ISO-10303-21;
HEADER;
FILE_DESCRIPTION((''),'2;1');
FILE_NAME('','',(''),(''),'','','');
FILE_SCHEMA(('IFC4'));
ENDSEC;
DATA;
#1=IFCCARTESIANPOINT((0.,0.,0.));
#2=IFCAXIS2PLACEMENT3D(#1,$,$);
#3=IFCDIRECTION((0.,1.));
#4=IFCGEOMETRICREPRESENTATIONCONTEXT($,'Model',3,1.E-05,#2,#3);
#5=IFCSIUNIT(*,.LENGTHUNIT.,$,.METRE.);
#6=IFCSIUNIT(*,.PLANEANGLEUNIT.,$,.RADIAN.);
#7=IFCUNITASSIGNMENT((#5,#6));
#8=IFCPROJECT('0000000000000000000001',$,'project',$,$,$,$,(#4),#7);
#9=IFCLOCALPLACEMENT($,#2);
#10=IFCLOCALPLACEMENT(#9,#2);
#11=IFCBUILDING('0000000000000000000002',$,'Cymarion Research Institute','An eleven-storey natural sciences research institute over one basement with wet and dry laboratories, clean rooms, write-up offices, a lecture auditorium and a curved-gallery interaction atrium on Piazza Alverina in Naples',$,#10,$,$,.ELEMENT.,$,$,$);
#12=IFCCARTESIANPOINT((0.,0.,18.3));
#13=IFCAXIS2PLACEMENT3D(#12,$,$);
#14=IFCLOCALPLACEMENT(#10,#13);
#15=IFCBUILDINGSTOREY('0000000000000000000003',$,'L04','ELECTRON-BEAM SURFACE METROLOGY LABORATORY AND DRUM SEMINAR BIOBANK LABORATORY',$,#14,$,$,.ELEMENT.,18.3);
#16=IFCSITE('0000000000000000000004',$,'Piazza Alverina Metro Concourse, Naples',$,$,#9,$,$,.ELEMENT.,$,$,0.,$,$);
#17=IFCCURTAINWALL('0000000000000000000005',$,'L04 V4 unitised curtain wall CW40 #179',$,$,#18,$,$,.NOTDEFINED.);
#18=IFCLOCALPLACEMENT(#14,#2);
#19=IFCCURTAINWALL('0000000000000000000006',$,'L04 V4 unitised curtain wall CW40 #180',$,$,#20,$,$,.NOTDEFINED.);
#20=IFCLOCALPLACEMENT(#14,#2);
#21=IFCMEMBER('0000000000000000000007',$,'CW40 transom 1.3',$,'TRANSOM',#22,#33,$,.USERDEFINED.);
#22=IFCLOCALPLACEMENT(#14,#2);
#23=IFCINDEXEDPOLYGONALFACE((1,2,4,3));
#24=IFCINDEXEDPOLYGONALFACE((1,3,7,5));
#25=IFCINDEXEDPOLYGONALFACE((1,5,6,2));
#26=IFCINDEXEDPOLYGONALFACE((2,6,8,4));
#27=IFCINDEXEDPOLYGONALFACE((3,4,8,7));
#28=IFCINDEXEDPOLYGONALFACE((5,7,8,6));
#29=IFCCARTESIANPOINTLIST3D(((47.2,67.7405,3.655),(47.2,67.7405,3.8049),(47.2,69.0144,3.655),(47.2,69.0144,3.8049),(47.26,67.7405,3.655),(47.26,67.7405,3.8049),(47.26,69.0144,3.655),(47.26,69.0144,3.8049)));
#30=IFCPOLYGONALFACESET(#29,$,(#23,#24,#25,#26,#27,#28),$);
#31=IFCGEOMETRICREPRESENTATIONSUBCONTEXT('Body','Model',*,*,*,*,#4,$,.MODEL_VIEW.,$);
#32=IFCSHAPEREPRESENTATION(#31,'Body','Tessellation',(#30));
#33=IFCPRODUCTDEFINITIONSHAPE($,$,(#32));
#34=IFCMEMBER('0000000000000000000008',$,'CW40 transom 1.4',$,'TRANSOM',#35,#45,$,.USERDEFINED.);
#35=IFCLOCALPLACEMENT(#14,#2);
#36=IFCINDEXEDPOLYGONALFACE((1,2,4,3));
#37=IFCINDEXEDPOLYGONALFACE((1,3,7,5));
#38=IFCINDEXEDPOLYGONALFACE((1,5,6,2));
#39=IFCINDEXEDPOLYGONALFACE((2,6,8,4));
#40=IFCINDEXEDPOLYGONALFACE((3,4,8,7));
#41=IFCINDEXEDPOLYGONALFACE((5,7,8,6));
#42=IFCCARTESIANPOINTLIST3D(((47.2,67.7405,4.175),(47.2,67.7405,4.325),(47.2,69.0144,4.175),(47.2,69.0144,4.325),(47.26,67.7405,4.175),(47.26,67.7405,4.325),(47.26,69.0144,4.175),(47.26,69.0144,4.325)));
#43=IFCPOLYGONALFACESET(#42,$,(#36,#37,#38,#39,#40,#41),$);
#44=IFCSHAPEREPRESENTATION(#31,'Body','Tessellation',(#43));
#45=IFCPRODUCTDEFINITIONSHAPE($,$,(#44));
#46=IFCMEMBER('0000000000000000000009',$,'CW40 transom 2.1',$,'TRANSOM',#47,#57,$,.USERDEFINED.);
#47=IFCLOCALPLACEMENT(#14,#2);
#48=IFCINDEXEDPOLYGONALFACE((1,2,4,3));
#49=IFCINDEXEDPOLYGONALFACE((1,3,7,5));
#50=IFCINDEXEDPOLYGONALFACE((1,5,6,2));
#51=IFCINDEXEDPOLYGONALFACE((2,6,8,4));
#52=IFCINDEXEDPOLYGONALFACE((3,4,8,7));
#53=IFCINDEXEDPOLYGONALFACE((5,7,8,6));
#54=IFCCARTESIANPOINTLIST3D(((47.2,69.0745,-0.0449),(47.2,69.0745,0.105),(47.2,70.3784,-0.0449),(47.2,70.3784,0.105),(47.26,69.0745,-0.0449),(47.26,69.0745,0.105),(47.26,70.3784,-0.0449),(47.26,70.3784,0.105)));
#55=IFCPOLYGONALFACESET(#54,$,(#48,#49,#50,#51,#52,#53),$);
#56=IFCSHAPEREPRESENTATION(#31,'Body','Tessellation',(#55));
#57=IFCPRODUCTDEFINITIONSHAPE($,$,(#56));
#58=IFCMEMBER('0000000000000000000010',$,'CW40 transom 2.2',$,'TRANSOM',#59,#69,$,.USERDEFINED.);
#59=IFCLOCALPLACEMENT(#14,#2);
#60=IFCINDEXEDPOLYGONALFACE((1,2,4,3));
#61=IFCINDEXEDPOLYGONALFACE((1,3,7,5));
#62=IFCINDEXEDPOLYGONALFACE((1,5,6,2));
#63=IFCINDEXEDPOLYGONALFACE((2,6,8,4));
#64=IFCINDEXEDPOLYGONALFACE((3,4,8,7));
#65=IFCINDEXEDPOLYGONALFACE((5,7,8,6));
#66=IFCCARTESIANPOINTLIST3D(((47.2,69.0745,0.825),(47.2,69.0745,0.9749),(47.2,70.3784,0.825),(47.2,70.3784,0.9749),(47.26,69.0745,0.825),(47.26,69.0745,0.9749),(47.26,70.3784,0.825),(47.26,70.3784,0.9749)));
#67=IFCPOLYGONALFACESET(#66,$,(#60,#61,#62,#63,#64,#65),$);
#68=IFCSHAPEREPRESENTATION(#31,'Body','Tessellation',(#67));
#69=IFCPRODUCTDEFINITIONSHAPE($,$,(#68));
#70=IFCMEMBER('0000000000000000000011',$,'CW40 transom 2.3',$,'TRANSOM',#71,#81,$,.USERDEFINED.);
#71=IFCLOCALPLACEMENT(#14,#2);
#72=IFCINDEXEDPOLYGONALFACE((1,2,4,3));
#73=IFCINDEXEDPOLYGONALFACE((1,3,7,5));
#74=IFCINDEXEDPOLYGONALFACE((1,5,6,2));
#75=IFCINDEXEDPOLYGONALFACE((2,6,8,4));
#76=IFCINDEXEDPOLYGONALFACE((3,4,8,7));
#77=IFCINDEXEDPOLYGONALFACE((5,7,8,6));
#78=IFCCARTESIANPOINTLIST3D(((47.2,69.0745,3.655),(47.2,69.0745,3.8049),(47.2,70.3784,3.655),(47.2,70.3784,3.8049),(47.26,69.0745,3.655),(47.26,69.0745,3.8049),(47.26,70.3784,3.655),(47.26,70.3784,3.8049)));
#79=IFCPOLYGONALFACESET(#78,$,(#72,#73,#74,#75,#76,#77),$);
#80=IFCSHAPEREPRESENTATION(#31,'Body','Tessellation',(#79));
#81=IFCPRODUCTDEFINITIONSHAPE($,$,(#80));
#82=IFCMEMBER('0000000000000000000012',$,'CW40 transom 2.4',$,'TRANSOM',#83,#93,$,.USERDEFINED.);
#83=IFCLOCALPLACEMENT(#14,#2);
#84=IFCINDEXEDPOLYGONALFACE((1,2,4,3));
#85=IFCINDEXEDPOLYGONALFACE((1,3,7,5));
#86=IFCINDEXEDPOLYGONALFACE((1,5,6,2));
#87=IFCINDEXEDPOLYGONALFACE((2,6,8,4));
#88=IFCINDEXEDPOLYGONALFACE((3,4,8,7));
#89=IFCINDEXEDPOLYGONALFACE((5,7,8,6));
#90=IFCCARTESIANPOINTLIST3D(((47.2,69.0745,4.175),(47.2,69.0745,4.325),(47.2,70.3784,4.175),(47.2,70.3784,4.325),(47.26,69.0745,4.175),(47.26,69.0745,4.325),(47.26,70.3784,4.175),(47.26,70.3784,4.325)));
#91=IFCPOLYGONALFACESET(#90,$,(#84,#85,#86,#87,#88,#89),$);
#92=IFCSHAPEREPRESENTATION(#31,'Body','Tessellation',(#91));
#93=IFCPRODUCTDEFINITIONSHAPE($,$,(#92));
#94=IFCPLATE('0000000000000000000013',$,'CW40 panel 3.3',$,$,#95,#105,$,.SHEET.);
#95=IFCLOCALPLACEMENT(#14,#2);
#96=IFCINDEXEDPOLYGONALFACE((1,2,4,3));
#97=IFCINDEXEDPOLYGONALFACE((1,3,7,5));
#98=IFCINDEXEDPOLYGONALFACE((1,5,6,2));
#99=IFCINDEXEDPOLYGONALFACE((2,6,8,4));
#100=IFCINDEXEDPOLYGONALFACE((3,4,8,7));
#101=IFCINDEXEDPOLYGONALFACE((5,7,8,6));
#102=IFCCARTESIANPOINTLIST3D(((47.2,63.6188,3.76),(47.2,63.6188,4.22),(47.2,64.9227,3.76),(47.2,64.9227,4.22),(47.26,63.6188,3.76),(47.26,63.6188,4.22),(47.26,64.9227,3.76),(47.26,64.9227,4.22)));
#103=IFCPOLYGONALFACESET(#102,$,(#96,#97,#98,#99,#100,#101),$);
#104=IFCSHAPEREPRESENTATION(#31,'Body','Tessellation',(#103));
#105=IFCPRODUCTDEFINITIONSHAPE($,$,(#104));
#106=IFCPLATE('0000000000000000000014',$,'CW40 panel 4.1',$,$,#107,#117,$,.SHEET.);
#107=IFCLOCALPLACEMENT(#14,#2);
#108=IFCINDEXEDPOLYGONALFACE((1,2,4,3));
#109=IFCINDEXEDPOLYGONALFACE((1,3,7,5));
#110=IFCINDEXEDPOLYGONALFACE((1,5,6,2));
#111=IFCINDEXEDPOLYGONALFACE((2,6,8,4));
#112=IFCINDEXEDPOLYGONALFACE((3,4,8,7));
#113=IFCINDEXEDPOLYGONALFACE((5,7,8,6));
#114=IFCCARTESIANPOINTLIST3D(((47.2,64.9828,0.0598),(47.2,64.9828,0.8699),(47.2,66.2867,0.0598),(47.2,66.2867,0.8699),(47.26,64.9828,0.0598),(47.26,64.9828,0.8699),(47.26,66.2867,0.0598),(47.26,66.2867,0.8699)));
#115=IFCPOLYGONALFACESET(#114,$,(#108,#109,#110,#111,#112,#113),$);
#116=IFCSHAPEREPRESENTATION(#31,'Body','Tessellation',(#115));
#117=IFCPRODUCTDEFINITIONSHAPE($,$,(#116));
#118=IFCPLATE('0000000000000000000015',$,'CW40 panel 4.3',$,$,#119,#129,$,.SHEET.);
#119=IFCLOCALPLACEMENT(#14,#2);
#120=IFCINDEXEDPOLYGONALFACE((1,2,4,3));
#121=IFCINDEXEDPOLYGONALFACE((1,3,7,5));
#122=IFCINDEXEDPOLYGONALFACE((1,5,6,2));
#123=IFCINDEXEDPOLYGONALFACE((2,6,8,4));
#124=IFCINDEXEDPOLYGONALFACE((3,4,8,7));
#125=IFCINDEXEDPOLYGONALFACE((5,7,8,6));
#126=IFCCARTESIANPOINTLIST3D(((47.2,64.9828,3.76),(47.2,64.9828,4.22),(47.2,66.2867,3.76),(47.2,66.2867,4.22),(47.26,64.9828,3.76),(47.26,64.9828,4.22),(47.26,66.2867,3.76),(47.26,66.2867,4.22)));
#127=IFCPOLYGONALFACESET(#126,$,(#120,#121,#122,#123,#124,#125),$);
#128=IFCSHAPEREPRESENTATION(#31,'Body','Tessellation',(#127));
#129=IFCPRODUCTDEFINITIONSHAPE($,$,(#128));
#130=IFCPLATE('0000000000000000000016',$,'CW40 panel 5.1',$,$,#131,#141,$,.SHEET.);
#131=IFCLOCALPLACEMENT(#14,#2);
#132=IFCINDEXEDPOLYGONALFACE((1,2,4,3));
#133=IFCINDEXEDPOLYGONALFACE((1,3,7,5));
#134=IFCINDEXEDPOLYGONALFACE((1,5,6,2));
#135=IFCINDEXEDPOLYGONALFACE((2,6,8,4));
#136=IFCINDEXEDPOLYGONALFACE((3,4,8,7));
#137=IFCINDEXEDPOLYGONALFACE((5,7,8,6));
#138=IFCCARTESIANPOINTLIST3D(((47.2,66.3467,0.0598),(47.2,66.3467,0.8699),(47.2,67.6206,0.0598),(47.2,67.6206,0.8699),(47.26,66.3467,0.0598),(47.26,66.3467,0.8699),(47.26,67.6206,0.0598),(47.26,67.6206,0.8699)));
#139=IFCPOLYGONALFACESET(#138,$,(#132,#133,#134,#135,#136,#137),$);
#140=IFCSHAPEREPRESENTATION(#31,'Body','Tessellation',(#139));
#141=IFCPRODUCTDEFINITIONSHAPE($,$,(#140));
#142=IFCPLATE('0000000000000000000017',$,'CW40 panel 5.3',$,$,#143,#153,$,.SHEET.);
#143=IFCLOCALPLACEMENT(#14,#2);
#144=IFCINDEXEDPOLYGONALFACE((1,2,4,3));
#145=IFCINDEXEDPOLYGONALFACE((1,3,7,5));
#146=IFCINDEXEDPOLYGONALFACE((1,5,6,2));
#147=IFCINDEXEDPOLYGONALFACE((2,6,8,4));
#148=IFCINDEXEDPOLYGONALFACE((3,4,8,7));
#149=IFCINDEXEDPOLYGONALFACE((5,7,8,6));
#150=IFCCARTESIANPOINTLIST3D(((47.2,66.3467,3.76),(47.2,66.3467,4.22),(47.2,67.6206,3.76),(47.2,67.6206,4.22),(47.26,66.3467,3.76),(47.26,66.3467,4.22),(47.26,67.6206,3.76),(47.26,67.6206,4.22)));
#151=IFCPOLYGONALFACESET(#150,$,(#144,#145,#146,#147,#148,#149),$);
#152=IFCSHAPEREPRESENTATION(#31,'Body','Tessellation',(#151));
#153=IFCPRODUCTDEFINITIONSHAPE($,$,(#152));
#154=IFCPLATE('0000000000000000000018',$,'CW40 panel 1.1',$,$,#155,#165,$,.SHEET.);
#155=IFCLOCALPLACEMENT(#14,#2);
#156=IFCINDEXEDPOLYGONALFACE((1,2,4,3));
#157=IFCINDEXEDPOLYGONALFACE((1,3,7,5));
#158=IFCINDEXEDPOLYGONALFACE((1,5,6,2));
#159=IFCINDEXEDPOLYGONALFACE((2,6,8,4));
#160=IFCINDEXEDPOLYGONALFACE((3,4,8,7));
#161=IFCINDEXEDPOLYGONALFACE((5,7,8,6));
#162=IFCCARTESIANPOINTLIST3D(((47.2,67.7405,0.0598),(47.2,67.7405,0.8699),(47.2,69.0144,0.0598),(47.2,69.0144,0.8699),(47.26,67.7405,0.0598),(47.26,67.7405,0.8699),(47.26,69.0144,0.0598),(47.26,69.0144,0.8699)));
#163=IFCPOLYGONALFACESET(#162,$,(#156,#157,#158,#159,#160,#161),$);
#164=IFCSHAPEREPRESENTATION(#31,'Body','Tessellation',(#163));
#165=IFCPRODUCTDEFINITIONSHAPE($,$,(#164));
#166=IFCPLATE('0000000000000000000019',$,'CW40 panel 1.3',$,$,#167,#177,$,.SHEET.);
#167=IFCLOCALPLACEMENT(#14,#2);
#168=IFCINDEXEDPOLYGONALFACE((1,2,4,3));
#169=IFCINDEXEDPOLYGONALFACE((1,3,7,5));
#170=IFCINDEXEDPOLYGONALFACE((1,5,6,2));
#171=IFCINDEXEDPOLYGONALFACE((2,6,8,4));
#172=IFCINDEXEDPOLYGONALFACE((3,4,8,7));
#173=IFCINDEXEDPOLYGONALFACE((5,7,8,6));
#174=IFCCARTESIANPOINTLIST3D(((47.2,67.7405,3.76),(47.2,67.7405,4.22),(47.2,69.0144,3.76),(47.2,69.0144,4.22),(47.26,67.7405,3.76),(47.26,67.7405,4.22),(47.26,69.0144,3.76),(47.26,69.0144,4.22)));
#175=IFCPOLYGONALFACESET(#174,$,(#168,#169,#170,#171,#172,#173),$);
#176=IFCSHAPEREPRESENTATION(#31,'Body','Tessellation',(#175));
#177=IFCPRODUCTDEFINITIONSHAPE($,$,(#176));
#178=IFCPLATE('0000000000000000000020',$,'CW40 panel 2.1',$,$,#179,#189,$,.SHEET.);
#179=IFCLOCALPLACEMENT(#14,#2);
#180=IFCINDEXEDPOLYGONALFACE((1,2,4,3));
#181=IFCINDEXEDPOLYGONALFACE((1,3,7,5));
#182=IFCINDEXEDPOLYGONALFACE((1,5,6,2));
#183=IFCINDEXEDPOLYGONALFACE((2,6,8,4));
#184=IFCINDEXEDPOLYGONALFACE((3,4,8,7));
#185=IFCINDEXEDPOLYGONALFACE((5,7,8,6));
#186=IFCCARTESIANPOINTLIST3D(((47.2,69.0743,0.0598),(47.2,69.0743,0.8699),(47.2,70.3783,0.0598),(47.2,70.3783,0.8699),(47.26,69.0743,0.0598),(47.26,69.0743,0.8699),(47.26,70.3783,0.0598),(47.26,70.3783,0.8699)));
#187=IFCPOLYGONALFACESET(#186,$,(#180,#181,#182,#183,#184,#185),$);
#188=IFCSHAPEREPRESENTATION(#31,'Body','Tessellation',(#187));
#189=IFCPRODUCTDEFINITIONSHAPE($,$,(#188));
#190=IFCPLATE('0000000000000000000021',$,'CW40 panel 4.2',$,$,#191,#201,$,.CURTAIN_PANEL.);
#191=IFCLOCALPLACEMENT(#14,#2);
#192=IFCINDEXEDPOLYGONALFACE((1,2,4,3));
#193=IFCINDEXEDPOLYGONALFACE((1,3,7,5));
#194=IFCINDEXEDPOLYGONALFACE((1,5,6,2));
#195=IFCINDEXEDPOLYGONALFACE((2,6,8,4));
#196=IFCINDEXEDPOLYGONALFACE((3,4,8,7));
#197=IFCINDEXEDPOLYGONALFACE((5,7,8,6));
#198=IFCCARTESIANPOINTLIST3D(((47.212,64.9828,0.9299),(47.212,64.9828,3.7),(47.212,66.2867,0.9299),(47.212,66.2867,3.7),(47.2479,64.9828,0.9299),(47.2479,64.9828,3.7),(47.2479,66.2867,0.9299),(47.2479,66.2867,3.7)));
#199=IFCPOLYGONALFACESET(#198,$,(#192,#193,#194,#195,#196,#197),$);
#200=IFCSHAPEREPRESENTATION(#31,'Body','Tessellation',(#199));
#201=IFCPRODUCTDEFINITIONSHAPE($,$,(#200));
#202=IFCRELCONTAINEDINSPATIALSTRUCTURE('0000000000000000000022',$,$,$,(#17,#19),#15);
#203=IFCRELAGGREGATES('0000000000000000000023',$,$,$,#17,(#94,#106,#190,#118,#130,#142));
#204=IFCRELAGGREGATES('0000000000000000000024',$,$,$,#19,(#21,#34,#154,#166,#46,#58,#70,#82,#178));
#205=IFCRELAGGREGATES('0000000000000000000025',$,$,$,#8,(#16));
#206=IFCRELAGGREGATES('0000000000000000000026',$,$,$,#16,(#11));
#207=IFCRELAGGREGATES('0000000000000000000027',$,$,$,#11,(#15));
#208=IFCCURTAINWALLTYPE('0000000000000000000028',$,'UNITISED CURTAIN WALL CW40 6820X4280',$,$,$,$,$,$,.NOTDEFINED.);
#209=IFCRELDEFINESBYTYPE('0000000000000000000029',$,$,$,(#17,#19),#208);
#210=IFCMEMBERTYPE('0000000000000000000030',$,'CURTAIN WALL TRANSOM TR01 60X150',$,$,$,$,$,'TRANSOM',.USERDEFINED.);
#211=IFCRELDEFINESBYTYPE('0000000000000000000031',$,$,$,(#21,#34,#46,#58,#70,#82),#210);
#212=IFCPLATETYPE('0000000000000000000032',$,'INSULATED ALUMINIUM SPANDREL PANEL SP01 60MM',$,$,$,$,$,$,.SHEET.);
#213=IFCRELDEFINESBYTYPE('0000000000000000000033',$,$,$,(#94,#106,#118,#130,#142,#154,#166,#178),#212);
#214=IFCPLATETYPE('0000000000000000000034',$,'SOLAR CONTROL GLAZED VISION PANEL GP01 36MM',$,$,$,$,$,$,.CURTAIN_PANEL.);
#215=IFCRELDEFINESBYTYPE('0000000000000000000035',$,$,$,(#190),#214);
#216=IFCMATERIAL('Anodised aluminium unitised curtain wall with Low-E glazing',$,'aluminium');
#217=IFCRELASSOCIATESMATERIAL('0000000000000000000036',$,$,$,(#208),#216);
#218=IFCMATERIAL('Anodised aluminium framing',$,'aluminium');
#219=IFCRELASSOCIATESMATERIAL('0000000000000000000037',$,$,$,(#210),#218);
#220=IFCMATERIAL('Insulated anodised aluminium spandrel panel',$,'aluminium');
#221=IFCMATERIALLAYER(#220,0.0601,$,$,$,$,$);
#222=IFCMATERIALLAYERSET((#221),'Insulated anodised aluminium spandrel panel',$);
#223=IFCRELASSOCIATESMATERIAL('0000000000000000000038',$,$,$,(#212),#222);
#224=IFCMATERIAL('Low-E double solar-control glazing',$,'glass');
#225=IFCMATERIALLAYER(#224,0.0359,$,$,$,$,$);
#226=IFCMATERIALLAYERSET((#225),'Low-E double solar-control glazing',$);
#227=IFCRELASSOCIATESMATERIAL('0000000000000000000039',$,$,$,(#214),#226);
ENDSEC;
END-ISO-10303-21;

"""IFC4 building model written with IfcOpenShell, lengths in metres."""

from ifc_helpers import new_model, si_unit, direction, frame, origin, origin_2d, place, context, subcontext, project, spatial, rectangle, extrude, material, layer, layer_set, material_profile, profile_set, type_object, element, aggregate, save


model = new_model("IFC4")

# Units and contexts
model_context = context("Model", 3, precision=1e-05, world=origin(), true_north=direction((0.0, 1.0)))
body_context = subcontext(model_context, "Body", "Model", "MODEL_VIEW")
ifc_project = project(units=[si_unit("LENGTHUNIT", "METRE"), si_unit("PLANEANGLEUNIT", "RADIAN")], contexts=[model_context])

# Site, building, storey
site_placement = place(None, origin())
site = spatial("IfcSite", under=ifc_project, at=site_placement, Name="Piazza Alverina Metro Concourse, Naples", CompositionType="ELEMENT", RefElevation=0.0)
building_placement = place(site_placement, origin())
building = spatial("IfcBuilding", under=site, at=building_placement, Name="Cymarion Research Institute", Description="An eleven-storey natural sciences research institute over one basement with wet and dry laboratories, clean rooms, write-up offices, a lecture auditorium and a curved-gallery interaction atrium on Piazza Alverina in Naples", CompositionType="ELEMENT")
storey_placement = place(building_placement, frame((0.0, 0.0, 18.3)))
storey = spatial("IfcBuildingStorey", under=building, at=storey_placement, Name="L04", Description="ELECTRON-BEAM SURFACE METROLOGY LABORATORY AND DRUM SEMINAR BIOBANK LABORATORY", CompositionType="ELEMENT", Elevation=18.3)

# Curtain walls
ifc_material_1 = material(Name="Anodised aluminium unitised curtain wall with Low-E glazing", Category="aluminium")
curtain_wall_type = type_object("IfcCurtainWallType", Name="UNITISED CURTAIN WALL CW40 6820X4280", PredefinedType="NOTDEFINED", material=ifc_material_1)
curtain_wall_1_placement = place(storey_placement, origin())
curtain_wall_1 = element("IfcCurtainWall", 1, at=curtain_wall_1_placement, inside=storey, type_object=curtain_wall_type, Name="L04 V4 unitised curtain wall CW40 #179", PredefinedType="NOTDEFINED")
ifc_material_2 = material(Name="Anodised aluminium framing", Category="aluminium")
curtain_wall_2_placement = place(storey_placement, origin())
curtain_wall_2 = element("IfcCurtainWall", 2, at=curtain_wall_2_placement, inside=storey, type_object=curtain_wall_type, Name="L04 V4 unitised curtain wall CW40 #180", PredefinedType="NOTDEFINED")

# Members
ifc_material_profile_1 = material_profile(ifc_material_2, rectangle(XDim=0.0601, YDim=0.1499, at=origin_2d()), Name="ALU TRANSOM 60x150")
ifc_profile_set_1 = profile_set([ifc_material_profile_1], Name="Anodised aluminium framing")
member_type_1 = type_object("IfcMemberType", Name="CURTAIN WALL TRANSOM TR01 60X150", ElementType="TRANSOM", PredefinedType="USERDEFINED", material=ifc_profile_set_1)
member_1_placement = place(storey_placement, frame((47.23, 67.7405, 3.73), z_axis=(0.0, 1.0, 0.0), x_axis=(-1.0, 0.0, 0.0)))
member_1 = element("IfcMember", 3, at=member_1_placement, type_object=member_type_1, Name="CW40 transom 1.3", ObjectType="TRANSOM", PredefinedType="USERDEFINED", context=body_context, shape_type="SweptSolid", body=[
    extrude(rectangle(XDim=0.0601, YDim=0.1499, at=origin_2d()), origin(), (0.0, 0.0, 1.0), 1.2739),
])
member_2_placement = place(storey_placement, frame((47.23, 67.7405, 4.25), z_axis=(0.0, 1.0, 0.0), x_axis=(-1.0, 0.0, 0.0)))
member_2 = element("IfcMember", 4, at=member_2_placement, type_object=member_type_1, Name="CW40 transom 1.4", ObjectType="TRANSOM", PredefinedType="USERDEFINED", context=body_context, shape_type="SweptSolid", body=[
    extrude(rectangle(XDim=0.0601, YDim=0.1499, at=origin_2d()), origin(), (0.0, 0.0, 1.0), 1.2739),
])
member_3_placement = place(storey_placement, frame((47.23, 69.0745, 0.03), z_axis=(0.0, 1.0, 0.0), x_axis=(-1.0, 0.0, 0.0)))
member_3 = element("IfcMember", 5, at=member_3_placement, type_object=member_type_1, Name="CW40 transom 2.1", ObjectType="TRANSOM", PredefinedType="USERDEFINED", context=body_context, shape_type="SweptSolid", body=[
    extrude(rectangle(XDim=0.0601, YDim=0.1499, at=origin_2d()), origin(), (0.0, 0.0, 1.0), 1.304),
])
member_4_placement = place(storey_placement, frame((47.23, 69.0745, 0.8999), z_axis=(0.0, 1.0, 0.0), x_axis=(-1.0, 0.0, 0.0)))
member_4 = element("IfcMember", 6, at=member_4_placement, type_object=member_type_1, Name="CW40 transom 2.2", ObjectType="TRANSOM", PredefinedType="USERDEFINED", context=body_context, shape_type="SweptSolid", body=[
    extrude(rectangle(XDim=0.0601, YDim=0.1499, at=origin_2d()), origin(), (0.0, 0.0, 1.0), 1.304),
])
member_5_placement = place(storey_placement, frame((47.23, 69.0745, 3.73), z_axis=(0.0, 1.0, 0.0), x_axis=(-1.0, 0.0, 0.0)))
member_5 = element("IfcMember", 7, at=member_5_placement, type_object=member_type_1, Name="CW40 transom 2.3", ObjectType="TRANSOM", PredefinedType="USERDEFINED", context=body_context, shape_type="SweptSolid", body=[
    extrude(rectangle(XDim=0.0601, YDim=0.1499, at=origin_2d()), origin(), (0.0, 0.0, 1.0), 1.304),
])
member_6_placement = place(storey_placement, frame((47.23, 69.0745, 4.25), z_axis=(0.0, 1.0, 0.0), x_axis=(-1.0, 0.0, 0.0)))
member_6 = element("IfcMember", 8, at=member_6_placement, type_object=member_type_1, Name="CW40 transom 2.4", ObjectType="TRANSOM", PredefinedType="USERDEFINED", context=body_context, shape_type="SweptSolid", body=[
    extrude(rectangle(XDim=0.0601, YDim=0.1499, at=origin_2d()), origin(), (0.0, 0.0, 1.0), 1.304),
])

# Plates
ifc_material_3 = material(Name="Insulated anodised aluminium spandrel panel", Category="aluminium")
ifc_layer_1 = layer(ifc_material_3, 0.0601)
ifc_layer_set_1 = layer_set([ifc_layer_1], Name="Insulated anodised aluminium spandrel panel")
plate_type_1 = type_object("IfcPlateType", Name="INSULATED ALUMINIUM SPANDREL PANEL SP01 60MM", PredefinedType="SHEET", material=ifc_layer_set_1)
plate_1_placement = place(storey_placement, frame((47.23, 64.2708, 3.76), z_axis=(0.0, 0.0, 1.0), x_axis=(0.0, 1.0, 0.0)))
plate_1 = element("IfcPlate", 9, at=plate_1_placement, type_object=plate_type_1, Name="CW40 panel 3.3", PredefinedType="SHEET", context=body_context, shape_type="SweptSolid", body=[
    extrude(rectangle(XDim=1.304, YDim=0.0601, at=origin_2d()), origin(), (0.0, 0.0, 1.0), 0.46),
])
plate_2_placement = place(storey_placement, frame((47.23, 65.6348, 0.0598), z_axis=(0.0, 0.0, 1.0), x_axis=(0.0, 1.0, 0.0)))
plate_2 = element("IfcPlate", 10, at=plate_2_placement, type_object=plate_type_1, Name="CW40 panel 4.1", PredefinedType="SHEET", context=body_context, shape_type="SweptSolid", body=[
    extrude(rectangle(XDim=1.304, YDim=0.0601, at=origin_2d()), origin(), (0.0, 0.0, 1.0), 0.8101),
])
plate_3_placement = place(storey_placement, frame((47.23, 65.6348, 3.76), z_axis=(0.0, 0.0, 1.0), x_axis=(0.0, 1.0, 0.0)))
plate_3 = element("IfcPlate", 11, at=plate_3_placement, type_object=plate_type_1, Name="CW40 panel 4.3", PredefinedType="SHEET", context=body_context, shape_type="SweptSolid", body=[
    extrude(rectangle(XDim=1.304, YDim=0.0601, at=origin_2d()), origin(), (0.0, 0.0, 1.0), 0.46),
])
plate_4_placement = place(storey_placement, frame((47.23, 66.9836, 0.0598), z_axis=(0.0, 0.0, 1.0), x_axis=(0.0, 1.0, 0.0)))
plate_4 = element("IfcPlate", 12, at=plate_4_placement, type_object=plate_type_1, Name="CW40 panel 5.1", PredefinedType="SHEET", context=body_context, shape_type="SweptSolid", body=[
    extrude(rectangle(XDim=1.2739, YDim=0.0601, at=origin_2d()), origin(), (0.0, 0.0, 1.0), 0.8101),
])
plate_5_placement = place(storey_placement, frame((47.23, 66.9836, 3.76), z_axis=(0.0, 0.0, 1.0), x_axis=(0.0, 1.0, 0.0)))
plate_5 = element("IfcPlate", 13, at=plate_5_placement, type_object=plate_type_1, Name="CW40 panel 5.3", PredefinedType="SHEET", context=body_context, shape_type="SweptSolid", body=[
    extrude(rectangle(XDim=1.2739, YDim=0.0601, at=origin_2d()), origin(), (0.0, 0.0, 1.0), 0.46),
])
plate_6_placement = place(storey_placement, frame((47.23, 68.3774, 0.0598), z_axis=(0.0, 0.0, 1.0), x_axis=(0.0, 1.0, 0.0)))
plate_6 = element("IfcPlate", 14, at=plate_6_placement, type_object=plate_type_1, Name="CW40 panel 1.1", PredefinedType="SHEET", context=body_context, shape_type="SweptSolid", body=[
    extrude(rectangle(XDim=1.2739, YDim=0.0601, at=origin_2d()), origin(), (0.0, 0.0, 1.0), 0.8101),
])
plate_7_placement = place(storey_placement, frame((47.23, 68.3774, 3.76), z_axis=(0.0, 0.0, 1.0), x_axis=(0.0, 1.0, 0.0)))
plate_7 = element("IfcPlate", 15, at=plate_7_placement, type_object=plate_type_1, Name="CW40 panel 1.3", PredefinedType="SHEET", context=body_context, shape_type="SweptSolid", body=[
    extrude(rectangle(XDim=1.2739, YDim=0.0601, at=origin_2d()), origin(), (0.0, 0.0, 1.0), 0.46),
])
plate_8_placement = place(storey_placement, frame((47.23, 69.7263, 0.0598), z_axis=(0.0, 0.0, 1.0), x_axis=(0.0, 1.0, 0.0)))
plate_8 = element("IfcPlate", 16, at=plate_8_placement, type_object=plate_type_1, Name="CW40 panel 2.1", PredefinedType="SHEET", context=body_context, shape_type="SweptSolid", body=[
    extrude(rectangle(XDim=1.304, YDim=0.0601, at=origin_2d()), origin(), (0.0, 0.0, 1.0), 0.8101),
])
ifc_material_4 = material(Name="Low-E double solar-control glazing", Category="glass")
ifc_layer_2 = layer(ifc_material_4, 0.0359)
ifc_layer_set_2 = layer_set([ifc_layer_2], Name="Low-E double solar-control glazing")
plate_type_2 = type_object("IfcPlateType", Name="SOLAR CONTROL GLAZED VISION PANEL GP01 36MM", PredefinedType="CURTAIN_PANEL", material=ifc_layer_set_2)
plate_9_placement = place(storey_placement, frame((47.23, 65.6348, 0.9299), z_axis=(0.0, 0.0, 1.0), x_axis=(0.0, 1.0, 0.0)))
plate_9 = element("IfcPlate", 17, at=plate_9_placement, type_object=plate_type_2, Name="CW40 panel 4.2", PredefinedType="CURTAIN_PANEL", context=body_context, shape_type="SweptSolid", body=[
    extrude(rectangle(XDim=1.304, YDim=0.0359, at=origin_2d()), origin(), (0.0, 0.0, 1.0), 2.77),
])
aggregate(curtain_wall_1, [plate_1, plate_2, plate_9, plate_3, plate_4, plate_5])
aggregate(curtain_wall_2, [member_1, member_2, plate_6, plate_7, member_3, member_4, member_5, member_6, plate_8])

save(model, "model.ifc")
